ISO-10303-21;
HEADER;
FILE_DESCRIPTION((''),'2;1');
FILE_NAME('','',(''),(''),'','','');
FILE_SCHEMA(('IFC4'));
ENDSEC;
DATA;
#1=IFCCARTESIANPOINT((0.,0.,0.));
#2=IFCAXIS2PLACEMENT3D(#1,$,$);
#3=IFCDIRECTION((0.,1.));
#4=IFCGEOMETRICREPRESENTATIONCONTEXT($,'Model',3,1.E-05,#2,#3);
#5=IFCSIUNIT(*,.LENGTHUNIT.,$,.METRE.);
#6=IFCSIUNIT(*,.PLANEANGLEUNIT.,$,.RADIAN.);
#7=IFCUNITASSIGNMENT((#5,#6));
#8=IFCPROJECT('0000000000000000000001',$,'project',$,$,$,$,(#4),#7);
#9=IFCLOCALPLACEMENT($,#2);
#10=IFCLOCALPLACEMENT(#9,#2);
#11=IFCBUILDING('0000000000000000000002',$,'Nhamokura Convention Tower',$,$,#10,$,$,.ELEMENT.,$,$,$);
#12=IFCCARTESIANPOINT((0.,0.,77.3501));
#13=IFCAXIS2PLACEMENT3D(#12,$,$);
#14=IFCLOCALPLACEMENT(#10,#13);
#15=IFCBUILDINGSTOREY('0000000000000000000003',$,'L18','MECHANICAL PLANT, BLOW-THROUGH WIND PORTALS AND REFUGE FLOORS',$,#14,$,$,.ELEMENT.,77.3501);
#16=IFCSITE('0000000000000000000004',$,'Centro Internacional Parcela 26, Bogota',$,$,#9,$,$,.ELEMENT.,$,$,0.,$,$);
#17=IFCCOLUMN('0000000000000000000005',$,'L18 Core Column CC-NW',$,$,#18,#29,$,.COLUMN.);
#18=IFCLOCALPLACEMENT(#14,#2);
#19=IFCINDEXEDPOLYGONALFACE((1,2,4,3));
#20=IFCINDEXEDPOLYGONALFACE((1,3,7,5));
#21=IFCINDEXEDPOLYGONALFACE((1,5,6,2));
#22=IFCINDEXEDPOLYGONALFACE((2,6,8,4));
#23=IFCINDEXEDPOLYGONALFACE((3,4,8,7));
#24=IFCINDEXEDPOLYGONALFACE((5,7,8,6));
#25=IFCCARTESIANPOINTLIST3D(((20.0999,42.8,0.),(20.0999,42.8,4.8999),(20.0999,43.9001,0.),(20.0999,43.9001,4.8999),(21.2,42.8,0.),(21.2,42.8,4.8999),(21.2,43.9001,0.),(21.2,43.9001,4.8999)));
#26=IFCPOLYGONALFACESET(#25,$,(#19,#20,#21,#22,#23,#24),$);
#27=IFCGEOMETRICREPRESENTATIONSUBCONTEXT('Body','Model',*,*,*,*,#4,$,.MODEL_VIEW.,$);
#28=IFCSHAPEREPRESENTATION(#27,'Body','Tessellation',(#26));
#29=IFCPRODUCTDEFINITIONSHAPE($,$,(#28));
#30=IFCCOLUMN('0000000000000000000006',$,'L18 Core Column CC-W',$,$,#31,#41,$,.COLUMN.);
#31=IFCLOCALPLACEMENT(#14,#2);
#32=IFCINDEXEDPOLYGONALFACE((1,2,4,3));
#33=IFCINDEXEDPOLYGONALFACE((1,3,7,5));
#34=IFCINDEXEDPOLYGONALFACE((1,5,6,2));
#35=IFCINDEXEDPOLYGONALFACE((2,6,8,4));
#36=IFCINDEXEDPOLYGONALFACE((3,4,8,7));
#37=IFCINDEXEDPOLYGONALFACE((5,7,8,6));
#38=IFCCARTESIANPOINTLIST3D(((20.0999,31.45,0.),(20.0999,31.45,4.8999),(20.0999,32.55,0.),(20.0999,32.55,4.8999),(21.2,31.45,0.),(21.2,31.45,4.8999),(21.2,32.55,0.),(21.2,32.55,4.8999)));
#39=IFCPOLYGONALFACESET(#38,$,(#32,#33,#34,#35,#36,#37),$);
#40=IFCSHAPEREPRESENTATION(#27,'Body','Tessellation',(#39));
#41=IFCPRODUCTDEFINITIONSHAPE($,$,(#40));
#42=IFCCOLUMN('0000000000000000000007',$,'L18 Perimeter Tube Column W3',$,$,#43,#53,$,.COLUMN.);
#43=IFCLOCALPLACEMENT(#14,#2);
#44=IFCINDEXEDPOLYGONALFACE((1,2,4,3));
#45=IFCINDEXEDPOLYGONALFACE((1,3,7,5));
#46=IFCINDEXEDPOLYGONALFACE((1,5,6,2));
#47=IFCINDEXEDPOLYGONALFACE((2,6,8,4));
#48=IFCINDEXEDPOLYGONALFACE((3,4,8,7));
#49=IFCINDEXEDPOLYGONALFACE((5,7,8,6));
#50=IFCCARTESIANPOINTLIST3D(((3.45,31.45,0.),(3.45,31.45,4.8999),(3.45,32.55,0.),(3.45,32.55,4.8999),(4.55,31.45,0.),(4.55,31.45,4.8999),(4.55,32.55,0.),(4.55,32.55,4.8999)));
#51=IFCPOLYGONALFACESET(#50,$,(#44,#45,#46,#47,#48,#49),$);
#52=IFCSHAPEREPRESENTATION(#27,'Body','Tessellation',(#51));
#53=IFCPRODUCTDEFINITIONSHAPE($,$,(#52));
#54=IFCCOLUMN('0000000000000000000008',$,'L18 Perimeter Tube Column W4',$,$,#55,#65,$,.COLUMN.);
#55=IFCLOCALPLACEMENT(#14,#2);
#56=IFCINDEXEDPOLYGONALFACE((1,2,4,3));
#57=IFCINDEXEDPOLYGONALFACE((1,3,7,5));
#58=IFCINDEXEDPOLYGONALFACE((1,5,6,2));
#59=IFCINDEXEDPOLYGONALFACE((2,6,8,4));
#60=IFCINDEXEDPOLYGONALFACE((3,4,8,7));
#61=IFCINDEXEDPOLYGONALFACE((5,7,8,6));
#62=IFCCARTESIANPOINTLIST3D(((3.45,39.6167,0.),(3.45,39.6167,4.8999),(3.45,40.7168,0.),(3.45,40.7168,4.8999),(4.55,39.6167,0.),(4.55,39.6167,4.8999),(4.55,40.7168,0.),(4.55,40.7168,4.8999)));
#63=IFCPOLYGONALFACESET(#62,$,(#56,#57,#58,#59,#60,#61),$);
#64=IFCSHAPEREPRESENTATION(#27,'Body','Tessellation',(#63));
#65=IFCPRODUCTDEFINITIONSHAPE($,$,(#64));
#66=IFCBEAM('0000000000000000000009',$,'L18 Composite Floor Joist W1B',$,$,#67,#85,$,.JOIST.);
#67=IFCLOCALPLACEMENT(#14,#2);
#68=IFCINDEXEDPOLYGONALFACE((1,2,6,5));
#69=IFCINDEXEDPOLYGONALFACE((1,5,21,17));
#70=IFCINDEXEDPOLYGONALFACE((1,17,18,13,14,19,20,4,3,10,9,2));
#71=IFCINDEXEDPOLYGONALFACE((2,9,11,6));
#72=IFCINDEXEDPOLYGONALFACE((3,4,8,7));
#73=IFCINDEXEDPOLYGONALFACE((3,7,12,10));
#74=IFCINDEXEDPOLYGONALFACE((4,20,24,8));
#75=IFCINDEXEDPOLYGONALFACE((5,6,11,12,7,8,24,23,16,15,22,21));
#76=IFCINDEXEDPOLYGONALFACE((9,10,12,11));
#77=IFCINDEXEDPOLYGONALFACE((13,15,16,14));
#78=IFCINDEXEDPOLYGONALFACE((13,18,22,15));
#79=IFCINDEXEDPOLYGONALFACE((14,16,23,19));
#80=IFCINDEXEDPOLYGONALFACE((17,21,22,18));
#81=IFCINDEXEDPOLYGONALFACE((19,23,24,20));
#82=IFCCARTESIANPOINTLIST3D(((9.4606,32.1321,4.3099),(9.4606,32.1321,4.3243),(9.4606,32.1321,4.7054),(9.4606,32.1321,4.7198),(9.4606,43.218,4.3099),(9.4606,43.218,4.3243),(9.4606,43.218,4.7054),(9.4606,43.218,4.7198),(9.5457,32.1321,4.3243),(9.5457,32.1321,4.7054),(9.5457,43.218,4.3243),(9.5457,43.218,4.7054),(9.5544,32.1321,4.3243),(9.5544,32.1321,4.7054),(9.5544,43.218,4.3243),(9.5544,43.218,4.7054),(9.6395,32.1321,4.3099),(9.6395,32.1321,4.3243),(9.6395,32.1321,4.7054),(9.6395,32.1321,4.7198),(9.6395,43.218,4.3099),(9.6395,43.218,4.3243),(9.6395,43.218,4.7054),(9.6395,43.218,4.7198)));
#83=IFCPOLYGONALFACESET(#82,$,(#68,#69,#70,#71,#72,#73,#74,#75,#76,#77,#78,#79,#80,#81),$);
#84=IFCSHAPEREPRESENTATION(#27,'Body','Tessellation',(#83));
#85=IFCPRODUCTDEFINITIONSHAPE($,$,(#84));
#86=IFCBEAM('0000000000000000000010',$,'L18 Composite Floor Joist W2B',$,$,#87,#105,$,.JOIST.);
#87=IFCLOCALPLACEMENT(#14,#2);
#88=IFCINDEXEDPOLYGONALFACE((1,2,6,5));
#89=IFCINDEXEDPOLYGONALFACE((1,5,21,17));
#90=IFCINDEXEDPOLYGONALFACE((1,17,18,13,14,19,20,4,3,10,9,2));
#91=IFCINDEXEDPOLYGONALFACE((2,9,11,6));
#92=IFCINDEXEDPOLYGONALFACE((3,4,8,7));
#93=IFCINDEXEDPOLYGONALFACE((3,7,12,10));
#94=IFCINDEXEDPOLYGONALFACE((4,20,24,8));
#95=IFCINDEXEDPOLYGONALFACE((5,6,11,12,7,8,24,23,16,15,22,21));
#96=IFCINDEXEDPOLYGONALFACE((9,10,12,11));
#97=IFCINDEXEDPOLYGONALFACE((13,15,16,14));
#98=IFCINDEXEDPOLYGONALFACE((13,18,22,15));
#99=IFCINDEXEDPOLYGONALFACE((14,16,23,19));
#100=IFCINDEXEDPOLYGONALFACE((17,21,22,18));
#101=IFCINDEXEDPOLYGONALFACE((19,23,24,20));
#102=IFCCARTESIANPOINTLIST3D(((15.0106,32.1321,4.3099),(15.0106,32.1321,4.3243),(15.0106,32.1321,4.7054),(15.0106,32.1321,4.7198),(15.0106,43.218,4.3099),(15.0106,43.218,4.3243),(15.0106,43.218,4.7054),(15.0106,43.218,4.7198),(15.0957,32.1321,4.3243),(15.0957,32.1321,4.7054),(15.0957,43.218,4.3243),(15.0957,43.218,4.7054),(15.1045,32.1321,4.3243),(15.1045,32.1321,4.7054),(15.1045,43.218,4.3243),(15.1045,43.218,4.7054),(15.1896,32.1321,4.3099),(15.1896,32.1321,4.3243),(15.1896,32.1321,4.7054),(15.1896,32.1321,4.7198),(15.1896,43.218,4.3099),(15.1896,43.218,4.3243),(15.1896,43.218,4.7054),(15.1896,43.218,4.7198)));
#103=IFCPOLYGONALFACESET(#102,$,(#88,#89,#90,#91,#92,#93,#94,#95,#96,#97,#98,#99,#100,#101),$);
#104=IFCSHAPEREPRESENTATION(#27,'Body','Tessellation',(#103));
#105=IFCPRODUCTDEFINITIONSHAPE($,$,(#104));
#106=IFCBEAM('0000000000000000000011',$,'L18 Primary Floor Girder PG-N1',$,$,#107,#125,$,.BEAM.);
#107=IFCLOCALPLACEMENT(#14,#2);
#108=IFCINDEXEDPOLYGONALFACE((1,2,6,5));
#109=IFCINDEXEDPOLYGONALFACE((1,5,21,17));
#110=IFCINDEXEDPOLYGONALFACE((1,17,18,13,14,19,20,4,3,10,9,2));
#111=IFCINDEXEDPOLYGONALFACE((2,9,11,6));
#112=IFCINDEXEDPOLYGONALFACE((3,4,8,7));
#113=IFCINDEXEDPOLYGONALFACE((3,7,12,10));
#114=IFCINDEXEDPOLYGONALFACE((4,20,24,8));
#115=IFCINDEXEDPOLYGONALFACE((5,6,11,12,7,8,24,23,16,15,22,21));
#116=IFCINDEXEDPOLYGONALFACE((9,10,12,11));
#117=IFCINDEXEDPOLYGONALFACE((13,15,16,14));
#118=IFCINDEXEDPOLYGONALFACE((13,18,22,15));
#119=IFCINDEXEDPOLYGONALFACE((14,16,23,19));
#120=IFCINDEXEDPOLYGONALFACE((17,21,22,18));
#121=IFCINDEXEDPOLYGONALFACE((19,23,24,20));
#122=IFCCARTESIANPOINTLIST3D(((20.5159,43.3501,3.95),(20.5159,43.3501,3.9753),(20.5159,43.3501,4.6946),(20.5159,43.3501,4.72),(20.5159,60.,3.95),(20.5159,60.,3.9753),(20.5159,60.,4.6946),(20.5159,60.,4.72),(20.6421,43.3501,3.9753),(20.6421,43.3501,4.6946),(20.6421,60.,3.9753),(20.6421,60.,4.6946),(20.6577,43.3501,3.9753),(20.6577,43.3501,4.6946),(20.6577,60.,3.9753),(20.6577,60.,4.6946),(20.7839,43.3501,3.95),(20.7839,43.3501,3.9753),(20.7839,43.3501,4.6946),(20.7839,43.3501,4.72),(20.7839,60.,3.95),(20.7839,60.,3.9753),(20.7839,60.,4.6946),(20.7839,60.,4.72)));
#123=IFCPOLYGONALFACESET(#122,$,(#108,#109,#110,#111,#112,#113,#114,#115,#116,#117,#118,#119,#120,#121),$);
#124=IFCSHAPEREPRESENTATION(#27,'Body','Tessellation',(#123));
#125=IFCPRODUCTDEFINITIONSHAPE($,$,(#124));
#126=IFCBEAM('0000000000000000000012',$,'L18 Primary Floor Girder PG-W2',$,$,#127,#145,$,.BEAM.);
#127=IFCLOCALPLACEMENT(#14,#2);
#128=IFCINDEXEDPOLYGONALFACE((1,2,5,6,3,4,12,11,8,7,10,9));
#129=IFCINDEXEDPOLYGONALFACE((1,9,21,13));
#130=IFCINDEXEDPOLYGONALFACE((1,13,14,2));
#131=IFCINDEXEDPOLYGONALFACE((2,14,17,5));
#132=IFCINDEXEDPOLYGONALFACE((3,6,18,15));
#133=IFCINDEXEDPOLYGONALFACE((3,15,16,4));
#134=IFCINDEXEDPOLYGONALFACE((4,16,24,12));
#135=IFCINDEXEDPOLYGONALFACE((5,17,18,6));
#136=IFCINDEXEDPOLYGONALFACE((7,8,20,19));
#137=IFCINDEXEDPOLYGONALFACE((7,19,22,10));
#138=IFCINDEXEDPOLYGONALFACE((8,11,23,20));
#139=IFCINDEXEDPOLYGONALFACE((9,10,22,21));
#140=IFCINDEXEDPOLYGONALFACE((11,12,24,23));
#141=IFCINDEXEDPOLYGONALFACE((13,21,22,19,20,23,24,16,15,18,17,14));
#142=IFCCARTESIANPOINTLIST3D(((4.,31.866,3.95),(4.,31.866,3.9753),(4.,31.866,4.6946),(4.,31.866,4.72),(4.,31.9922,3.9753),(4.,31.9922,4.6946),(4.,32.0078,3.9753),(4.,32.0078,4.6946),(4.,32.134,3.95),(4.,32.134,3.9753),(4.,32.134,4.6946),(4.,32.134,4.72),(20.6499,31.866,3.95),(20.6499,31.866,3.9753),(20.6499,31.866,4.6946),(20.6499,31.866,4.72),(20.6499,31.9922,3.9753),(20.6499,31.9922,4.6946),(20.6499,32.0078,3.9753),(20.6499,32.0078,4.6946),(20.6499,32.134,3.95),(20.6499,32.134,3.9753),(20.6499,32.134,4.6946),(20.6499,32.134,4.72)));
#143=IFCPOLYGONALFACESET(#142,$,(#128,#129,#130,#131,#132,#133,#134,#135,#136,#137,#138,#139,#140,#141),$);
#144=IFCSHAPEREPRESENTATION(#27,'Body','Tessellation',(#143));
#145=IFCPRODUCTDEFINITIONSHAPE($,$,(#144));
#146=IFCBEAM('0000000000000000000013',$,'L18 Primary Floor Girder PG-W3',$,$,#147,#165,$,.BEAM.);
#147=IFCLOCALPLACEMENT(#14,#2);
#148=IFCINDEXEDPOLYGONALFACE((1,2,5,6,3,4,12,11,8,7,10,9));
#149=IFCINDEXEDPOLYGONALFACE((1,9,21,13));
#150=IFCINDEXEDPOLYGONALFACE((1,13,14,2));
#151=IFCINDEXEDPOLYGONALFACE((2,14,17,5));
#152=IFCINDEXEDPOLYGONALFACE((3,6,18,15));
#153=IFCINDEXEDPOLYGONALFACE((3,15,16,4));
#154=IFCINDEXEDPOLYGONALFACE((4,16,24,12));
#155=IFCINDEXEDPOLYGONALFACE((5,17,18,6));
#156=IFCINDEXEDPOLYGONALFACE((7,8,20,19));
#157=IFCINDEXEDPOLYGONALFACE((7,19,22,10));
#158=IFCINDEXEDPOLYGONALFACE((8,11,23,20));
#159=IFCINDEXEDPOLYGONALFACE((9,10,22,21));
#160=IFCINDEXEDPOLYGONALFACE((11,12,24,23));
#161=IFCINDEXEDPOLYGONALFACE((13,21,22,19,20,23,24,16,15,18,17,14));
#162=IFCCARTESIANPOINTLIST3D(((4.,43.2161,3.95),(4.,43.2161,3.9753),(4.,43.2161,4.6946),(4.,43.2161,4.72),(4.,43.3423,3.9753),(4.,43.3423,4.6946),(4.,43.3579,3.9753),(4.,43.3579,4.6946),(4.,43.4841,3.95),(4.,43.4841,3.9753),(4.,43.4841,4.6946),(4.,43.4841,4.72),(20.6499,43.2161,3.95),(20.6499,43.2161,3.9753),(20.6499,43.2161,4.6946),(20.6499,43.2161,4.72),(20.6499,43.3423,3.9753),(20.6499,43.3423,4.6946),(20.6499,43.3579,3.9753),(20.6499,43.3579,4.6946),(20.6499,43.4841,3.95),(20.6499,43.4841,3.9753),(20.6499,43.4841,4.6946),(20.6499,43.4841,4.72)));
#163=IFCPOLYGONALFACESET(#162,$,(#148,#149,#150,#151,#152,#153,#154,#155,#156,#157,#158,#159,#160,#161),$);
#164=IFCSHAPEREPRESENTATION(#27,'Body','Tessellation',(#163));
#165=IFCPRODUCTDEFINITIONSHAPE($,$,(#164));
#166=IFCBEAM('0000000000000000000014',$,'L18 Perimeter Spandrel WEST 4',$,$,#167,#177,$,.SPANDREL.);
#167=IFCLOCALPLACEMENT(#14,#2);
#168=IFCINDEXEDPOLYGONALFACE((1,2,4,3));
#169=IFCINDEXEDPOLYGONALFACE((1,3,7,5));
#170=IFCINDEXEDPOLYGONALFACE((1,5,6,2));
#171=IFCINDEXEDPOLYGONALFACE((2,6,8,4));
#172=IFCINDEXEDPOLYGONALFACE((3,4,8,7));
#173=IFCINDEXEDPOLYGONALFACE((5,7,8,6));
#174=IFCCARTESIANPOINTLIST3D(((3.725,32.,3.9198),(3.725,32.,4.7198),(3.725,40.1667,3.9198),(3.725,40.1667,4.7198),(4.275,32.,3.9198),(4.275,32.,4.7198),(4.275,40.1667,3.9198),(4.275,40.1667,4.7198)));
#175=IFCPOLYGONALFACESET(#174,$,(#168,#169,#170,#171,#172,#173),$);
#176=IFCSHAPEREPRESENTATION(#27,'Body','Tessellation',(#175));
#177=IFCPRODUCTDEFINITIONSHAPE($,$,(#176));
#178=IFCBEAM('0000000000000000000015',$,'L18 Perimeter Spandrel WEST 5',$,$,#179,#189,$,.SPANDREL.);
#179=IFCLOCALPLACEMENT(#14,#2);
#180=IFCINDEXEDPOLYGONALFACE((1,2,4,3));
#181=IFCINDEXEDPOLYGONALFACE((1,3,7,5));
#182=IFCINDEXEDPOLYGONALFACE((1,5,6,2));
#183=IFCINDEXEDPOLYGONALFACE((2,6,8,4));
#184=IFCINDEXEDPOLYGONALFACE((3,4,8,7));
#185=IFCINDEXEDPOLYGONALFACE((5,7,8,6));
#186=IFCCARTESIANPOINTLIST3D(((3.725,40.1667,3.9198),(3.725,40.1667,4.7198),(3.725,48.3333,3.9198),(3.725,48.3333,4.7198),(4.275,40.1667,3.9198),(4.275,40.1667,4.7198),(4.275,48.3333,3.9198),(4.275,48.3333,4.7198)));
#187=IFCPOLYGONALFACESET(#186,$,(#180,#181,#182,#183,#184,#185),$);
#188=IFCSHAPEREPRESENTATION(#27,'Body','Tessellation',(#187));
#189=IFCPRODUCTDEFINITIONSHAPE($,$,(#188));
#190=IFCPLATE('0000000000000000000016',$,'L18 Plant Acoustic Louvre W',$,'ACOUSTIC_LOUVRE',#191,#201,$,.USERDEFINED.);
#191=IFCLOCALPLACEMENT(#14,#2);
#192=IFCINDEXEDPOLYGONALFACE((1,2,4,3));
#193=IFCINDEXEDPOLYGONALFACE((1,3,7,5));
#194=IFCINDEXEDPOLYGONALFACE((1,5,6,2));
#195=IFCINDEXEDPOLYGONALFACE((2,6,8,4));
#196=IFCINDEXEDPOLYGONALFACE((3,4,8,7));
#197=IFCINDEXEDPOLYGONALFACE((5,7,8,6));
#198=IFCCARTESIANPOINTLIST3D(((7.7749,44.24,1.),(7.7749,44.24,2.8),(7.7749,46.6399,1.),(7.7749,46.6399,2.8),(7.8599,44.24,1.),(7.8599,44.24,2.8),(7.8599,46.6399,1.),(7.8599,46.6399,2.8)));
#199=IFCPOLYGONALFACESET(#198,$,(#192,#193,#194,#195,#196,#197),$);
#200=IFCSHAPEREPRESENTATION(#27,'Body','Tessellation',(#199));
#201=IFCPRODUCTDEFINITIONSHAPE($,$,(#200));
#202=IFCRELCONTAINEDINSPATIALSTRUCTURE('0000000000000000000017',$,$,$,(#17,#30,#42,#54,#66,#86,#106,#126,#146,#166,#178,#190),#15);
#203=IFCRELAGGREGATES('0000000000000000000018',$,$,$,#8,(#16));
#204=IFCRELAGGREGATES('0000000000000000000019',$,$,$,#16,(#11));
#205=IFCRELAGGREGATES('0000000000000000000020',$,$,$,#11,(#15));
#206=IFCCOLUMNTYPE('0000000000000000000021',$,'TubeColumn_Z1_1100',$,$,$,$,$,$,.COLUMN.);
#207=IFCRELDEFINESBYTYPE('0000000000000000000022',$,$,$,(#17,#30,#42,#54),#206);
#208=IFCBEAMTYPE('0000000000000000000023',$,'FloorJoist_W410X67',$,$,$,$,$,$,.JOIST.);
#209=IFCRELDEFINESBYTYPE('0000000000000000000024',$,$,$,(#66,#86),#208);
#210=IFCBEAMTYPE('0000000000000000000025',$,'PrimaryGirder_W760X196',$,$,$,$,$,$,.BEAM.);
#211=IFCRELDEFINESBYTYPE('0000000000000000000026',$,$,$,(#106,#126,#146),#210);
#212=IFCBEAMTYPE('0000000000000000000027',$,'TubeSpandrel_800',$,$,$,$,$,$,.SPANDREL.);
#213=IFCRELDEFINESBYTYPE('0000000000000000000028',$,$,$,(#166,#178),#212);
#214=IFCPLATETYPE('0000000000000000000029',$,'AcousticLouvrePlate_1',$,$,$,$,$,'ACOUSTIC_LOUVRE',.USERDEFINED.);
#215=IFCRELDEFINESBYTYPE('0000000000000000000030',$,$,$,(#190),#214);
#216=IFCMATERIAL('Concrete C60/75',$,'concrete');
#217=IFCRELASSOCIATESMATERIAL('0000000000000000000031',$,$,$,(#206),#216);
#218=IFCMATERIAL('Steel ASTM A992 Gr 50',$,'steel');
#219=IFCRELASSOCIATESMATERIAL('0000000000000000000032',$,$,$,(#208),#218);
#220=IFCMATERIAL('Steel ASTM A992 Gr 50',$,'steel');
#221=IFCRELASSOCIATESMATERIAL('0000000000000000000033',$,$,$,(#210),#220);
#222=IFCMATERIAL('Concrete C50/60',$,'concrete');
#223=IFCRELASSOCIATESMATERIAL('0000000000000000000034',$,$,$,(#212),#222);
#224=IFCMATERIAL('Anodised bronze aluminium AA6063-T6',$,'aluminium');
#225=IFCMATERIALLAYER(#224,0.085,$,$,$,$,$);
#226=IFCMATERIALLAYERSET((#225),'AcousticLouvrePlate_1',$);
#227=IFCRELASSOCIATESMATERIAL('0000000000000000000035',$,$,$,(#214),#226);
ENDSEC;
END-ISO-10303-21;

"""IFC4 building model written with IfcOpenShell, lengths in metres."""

from ifc_helpers import new_model, si_unit, direction, frame, origin, origin_2d, place, context, subcontext, project, spatial, rectangle, i_section, extrude, material, layer, layer_set, material_profile, profile_set, type_object, element, save


model = new_model("IFC4")

# Units and contexts
model_context = context("Model", 3, precision=1e-05, world=origin(), true_north=direction((0.0, 1.0)))
body_context = subcontext(model_context, "Body", "Model", "MODEL_VIEW")
ifc_project = project(units=[si_unit("LENGTHUNIT", "METRE"), si_unit("PLANEANGLEUNIT", "RADIAN")], contexts=[model_context])

# Site, building, storey
site_placement = place(None, origin())
site = spatial("IfcSite", under=ifc_project, at=site_placement, Name="Centro Internacional Parcela 26, Bogota", CompositionType="ELEMENT", RefElevation=0.0)
building_placement = place(site_placement, origin())
building = spatial("IfcBuilding", under=site, at=building_placement, Name="Nhamokura Convention Tower", CompositionType="ELEMENT")
storey_placement = place(building_placement, frame((0.0, 0.0, 77.3501)))
storey = spatial("IfcBuildingStorey", under=building, at=storey_placement, Name="L18", Description="MECHANICAL PLANT, BLOW-THROUGH WIND PORTALS AND REFUGE FLOORS", CompositionType="ELEMENT", Elevation=77.3501)

# Columns
ifc_material_1 = material(Name="Concrete C60/75", Category="concrete")
ifc_material_profile_1 = material_profile(ifc_material_1, rectangle(XDim=1.1001, YDim=1.1001, at=origin_2d()))
ifc_profile_set_1 = profile_set([ifc_material_profile_1], Name="Concrete C60/75")
column_type = type_object("IfcColumnType", Name="TubeColumn_Z1_1100", PredefinedType="COLUMN", material=ifc_profile_set_1)
for number, where, z_axis, x_axis, name in (
    (1, (20.6499, 43.3501, 0.0), (0.0, 0.0, 1.0), (1.0, 0.0, 0.0), "L18 Core Column CC-NW"),
    (2, (20.6499, 32.0, 0.0), (0.0, 0.0, 1.0), (1.0, 0.0, 0.0), "L18 Core Column CC-W"),
    (3, (4.0, 32.0, 0.0), (0.0, 0.0, 1.0), (1.0, 0.0, 0.0), "L18 Perimeter Tube Column W3"),
    (4, (4.0, 40.1667, 0.0), (0.0, 0.0, 1.0), (1.0, 0.0, 0.0), "L18 Perimeter Tube Column W4"),
):
    element("IfcColumn", number, at=place(storey_placement, frame(where, z_axis=z_axis, x_axis=x_axis)), inside=storey, type_object=column_type, Name=name, PredefinedType="COLUMN", context=body_context, shape_type="SweptSolid", body=[
        extrude(rectangle(XDim=1.1001, YDim=1.1001, at=origin_2d()), origin(), (0.0, 0.0, 1.0), 4.8999),
    ])

# Beams
ifc_material_2 = material(Name="Steel ASTM A992 Gr 50", Category="steel")
ifc_material_profile_2 = material_profile(ifc_material_2, i_section(OverallWidth=0.179, OverallDepth=0.4099, WebThickness=0.0088, FlangeThickness=0.0144, at=origin_2d()))
ifc_profile_set_2 = profile_set([ifc_material_profile_2], Name="Steel ASTM A992 Gr 50")
beam_type_1 = type_object("IfcBeamType", Name="FloorJoist_W410X67", PredefinedType="JOIST", material=ifc_profile_set_2)
for number, where, z_axis, x_axis, name in (
    (5, (9.55, 32.1321, 4.5149), (0.0, 1.0, 0.0), (-1.0, 0.0, 0.0), "L18 Composite Floor Joist W1B"),
    (6, (15.1001, 32.1321, 4.5149), (0.0, 1.0, 0.0), (-1.0, 0.0, 0.0), "L18 Composite Floor Joist W2B"),
):
    element("IfcBeam", number, at=place(storey_placement, frame(where, z_axis=z_axis, x_axis=x_axis)), inside=storey, type_object=beam_type_1, Name=name, PredefinedType="JOIST", context=body_context, shape_type="SweptSolid", body=[
        extrude(i_section(OverallWidth=0.179, OverallDepth=0.4099, WebThickness=0.0088, FlangeThickness=0.0144, at=origin_2d()), origin(), (0.0, 0.0, 1.0), 11.0859),
    ])
ifc_material_3 = material(Name="Steel ASTM A992 Gr 50", Category="steel")
ifc_material_profile_3 = material_profile(ifc_material_3, i_section(OverallWidth=0.2681, OverallDepth=0.77, WebThickness=0.0156, FlangeThickness=0.0254, at=origin_2d()))
ifc_profile_set_3 = profile_set([ifc_material_profile_3], Name="Steel ASTM A992 Gr 50")
beam_type_2 = type_object("IfcBeamType", Name="PrimaryGirder_W760X196", PredefinedType="BEAM", material=ifc_profile_set_3)
for number, where, z_axis, x_axis, name in (
    (7, (20.6499, 43.3501, 4.335), (0.0, 1.0, 0.0), (-1.0, 0.0, 0.0), "L18 Primary Floor Girder PG-N1"),
    (8, (4.0, 32.0, 4.335), (1.0, 0.0, 0.0), (0.0, 1.0, 0.0), "L18 Primary Floor Girder PG-W2"),
    (9, (4.0, 43.3501, 4.335), (1.0, 0.0, 0.0), (0.0, 1.0, 0.0), "L18 Primary Floor Girder PG-W3"),
):
    element("IfcBeam", number, at=place(storey_placement, frame(where, z_axis=z_axis, x_axis=x_axis)), inside=storey, type_object=beam_type_2, Name=name, PredefinedType="BEAM", context=body_context, shape_type="SweptSolid", body=[
        extrude(i_section(OverallWidth=0.2681, OverallDepth=0.77, WebThickness=0.0156, FlangeThickness=0.0254, at=origin_2d()), origin(), (0.0, 0.0, 1.0), 16.6499),
    ])
ifc_material_4 = material(Name="Concrete C50/60", Category="concrete")
ifc_material_profile_4 = material_profile(ifc_material_4, rectangle(XDim=0.55, YDim=0.8, at=origin_2d()))
ifc_profile_set_4 = profile_set([ifc_material_profile_4], Name="Concrete C50/60")
beam_type_3 = type_object("IfcBeamType", Name="TubeSpandrel_800", PredefinedType="SPANDREL", material=ifc_profile_set_4)
beam_1_placement = place(storey_placement, frame((4.0, 32.0, 4.3198), z_axis=(0.0, 1.0, 0.0), x_axis=(-1.0, 0.0, 0.0)))
element("IfcBeam", 10, at=beam_1_placement, inside=storey, type_object=beam_type_3, Name="L18 Perimeter Spandrel WEST 4", PredefinedType="SPANDREL", context=body_context, shape_type="SweptSolid", body=[
    extrude(rectangle(XDim=0.55, YDim=0.8, at=origin_2d()), origin(), (0.0, 0.0, 1.0), 8.1667),
])
beam_2_placement = place(storey_placement, frame((4.0, 40.1667, 4.3198), z_axis=(0.0, 1.0, 0.0), x_axis=(-1.0, 0.0, 0.0)))
element("IfcBeam", 11, at=beam_2_placement, inside=storey, type_object=beam_type_3, Name="L18 Perimeter Spandrel WEST 5", PredefinedType="SPANDREL", context=body_context, shape_type="SweptSolid", body=[
    extrude(rectangle(XDim=0.55, YDim=0.8, at=origin_2d()), origin(), (0.0, 0.0, 1.0), 8.1665),
])

# Plate
ifc_material_5 = material(Name="Anodised bronze aluminium AA6063-T6", Category="aluminium")
ifc_layer_1 = layer(ifc_material_5, 0.085)
ifc_layer_set_1 = layer_set([ifc_layer_1], Name="AcousticLouvrePlate_1")
plate_type = type_object("IfcPlateType", Name="AcousticLouvrePlate_1", ElementType="ACOUSTIC_LOUVRE", PredefinedType="USERDEFINED", material=ifc_layer_set_1)
plate_placement = place(storey_placement, frame((7.8174, 45.4399, 1.0), z_axis=(0.0, 0.0, 1.0), x_axis=(0.0, 1.0, 0.0)))
element("IfcPlate", 12, at=plate_placement, inside=storey, type_object=plate_type, Name="L18 Plant Acoustic Louvre W", ObjectType="ACOUSTIC_LOUVRE", PredefinedType="USERDEFINED", context=body_context, shape_type="SweptSolid", body=[
    extrude(rectangle(XDim=2.3999, YDim=0.085, at=origin_2d()), origin(), (0.0, 0.0, 1.0), 1.8),
])

save(model, "model.ifc")
